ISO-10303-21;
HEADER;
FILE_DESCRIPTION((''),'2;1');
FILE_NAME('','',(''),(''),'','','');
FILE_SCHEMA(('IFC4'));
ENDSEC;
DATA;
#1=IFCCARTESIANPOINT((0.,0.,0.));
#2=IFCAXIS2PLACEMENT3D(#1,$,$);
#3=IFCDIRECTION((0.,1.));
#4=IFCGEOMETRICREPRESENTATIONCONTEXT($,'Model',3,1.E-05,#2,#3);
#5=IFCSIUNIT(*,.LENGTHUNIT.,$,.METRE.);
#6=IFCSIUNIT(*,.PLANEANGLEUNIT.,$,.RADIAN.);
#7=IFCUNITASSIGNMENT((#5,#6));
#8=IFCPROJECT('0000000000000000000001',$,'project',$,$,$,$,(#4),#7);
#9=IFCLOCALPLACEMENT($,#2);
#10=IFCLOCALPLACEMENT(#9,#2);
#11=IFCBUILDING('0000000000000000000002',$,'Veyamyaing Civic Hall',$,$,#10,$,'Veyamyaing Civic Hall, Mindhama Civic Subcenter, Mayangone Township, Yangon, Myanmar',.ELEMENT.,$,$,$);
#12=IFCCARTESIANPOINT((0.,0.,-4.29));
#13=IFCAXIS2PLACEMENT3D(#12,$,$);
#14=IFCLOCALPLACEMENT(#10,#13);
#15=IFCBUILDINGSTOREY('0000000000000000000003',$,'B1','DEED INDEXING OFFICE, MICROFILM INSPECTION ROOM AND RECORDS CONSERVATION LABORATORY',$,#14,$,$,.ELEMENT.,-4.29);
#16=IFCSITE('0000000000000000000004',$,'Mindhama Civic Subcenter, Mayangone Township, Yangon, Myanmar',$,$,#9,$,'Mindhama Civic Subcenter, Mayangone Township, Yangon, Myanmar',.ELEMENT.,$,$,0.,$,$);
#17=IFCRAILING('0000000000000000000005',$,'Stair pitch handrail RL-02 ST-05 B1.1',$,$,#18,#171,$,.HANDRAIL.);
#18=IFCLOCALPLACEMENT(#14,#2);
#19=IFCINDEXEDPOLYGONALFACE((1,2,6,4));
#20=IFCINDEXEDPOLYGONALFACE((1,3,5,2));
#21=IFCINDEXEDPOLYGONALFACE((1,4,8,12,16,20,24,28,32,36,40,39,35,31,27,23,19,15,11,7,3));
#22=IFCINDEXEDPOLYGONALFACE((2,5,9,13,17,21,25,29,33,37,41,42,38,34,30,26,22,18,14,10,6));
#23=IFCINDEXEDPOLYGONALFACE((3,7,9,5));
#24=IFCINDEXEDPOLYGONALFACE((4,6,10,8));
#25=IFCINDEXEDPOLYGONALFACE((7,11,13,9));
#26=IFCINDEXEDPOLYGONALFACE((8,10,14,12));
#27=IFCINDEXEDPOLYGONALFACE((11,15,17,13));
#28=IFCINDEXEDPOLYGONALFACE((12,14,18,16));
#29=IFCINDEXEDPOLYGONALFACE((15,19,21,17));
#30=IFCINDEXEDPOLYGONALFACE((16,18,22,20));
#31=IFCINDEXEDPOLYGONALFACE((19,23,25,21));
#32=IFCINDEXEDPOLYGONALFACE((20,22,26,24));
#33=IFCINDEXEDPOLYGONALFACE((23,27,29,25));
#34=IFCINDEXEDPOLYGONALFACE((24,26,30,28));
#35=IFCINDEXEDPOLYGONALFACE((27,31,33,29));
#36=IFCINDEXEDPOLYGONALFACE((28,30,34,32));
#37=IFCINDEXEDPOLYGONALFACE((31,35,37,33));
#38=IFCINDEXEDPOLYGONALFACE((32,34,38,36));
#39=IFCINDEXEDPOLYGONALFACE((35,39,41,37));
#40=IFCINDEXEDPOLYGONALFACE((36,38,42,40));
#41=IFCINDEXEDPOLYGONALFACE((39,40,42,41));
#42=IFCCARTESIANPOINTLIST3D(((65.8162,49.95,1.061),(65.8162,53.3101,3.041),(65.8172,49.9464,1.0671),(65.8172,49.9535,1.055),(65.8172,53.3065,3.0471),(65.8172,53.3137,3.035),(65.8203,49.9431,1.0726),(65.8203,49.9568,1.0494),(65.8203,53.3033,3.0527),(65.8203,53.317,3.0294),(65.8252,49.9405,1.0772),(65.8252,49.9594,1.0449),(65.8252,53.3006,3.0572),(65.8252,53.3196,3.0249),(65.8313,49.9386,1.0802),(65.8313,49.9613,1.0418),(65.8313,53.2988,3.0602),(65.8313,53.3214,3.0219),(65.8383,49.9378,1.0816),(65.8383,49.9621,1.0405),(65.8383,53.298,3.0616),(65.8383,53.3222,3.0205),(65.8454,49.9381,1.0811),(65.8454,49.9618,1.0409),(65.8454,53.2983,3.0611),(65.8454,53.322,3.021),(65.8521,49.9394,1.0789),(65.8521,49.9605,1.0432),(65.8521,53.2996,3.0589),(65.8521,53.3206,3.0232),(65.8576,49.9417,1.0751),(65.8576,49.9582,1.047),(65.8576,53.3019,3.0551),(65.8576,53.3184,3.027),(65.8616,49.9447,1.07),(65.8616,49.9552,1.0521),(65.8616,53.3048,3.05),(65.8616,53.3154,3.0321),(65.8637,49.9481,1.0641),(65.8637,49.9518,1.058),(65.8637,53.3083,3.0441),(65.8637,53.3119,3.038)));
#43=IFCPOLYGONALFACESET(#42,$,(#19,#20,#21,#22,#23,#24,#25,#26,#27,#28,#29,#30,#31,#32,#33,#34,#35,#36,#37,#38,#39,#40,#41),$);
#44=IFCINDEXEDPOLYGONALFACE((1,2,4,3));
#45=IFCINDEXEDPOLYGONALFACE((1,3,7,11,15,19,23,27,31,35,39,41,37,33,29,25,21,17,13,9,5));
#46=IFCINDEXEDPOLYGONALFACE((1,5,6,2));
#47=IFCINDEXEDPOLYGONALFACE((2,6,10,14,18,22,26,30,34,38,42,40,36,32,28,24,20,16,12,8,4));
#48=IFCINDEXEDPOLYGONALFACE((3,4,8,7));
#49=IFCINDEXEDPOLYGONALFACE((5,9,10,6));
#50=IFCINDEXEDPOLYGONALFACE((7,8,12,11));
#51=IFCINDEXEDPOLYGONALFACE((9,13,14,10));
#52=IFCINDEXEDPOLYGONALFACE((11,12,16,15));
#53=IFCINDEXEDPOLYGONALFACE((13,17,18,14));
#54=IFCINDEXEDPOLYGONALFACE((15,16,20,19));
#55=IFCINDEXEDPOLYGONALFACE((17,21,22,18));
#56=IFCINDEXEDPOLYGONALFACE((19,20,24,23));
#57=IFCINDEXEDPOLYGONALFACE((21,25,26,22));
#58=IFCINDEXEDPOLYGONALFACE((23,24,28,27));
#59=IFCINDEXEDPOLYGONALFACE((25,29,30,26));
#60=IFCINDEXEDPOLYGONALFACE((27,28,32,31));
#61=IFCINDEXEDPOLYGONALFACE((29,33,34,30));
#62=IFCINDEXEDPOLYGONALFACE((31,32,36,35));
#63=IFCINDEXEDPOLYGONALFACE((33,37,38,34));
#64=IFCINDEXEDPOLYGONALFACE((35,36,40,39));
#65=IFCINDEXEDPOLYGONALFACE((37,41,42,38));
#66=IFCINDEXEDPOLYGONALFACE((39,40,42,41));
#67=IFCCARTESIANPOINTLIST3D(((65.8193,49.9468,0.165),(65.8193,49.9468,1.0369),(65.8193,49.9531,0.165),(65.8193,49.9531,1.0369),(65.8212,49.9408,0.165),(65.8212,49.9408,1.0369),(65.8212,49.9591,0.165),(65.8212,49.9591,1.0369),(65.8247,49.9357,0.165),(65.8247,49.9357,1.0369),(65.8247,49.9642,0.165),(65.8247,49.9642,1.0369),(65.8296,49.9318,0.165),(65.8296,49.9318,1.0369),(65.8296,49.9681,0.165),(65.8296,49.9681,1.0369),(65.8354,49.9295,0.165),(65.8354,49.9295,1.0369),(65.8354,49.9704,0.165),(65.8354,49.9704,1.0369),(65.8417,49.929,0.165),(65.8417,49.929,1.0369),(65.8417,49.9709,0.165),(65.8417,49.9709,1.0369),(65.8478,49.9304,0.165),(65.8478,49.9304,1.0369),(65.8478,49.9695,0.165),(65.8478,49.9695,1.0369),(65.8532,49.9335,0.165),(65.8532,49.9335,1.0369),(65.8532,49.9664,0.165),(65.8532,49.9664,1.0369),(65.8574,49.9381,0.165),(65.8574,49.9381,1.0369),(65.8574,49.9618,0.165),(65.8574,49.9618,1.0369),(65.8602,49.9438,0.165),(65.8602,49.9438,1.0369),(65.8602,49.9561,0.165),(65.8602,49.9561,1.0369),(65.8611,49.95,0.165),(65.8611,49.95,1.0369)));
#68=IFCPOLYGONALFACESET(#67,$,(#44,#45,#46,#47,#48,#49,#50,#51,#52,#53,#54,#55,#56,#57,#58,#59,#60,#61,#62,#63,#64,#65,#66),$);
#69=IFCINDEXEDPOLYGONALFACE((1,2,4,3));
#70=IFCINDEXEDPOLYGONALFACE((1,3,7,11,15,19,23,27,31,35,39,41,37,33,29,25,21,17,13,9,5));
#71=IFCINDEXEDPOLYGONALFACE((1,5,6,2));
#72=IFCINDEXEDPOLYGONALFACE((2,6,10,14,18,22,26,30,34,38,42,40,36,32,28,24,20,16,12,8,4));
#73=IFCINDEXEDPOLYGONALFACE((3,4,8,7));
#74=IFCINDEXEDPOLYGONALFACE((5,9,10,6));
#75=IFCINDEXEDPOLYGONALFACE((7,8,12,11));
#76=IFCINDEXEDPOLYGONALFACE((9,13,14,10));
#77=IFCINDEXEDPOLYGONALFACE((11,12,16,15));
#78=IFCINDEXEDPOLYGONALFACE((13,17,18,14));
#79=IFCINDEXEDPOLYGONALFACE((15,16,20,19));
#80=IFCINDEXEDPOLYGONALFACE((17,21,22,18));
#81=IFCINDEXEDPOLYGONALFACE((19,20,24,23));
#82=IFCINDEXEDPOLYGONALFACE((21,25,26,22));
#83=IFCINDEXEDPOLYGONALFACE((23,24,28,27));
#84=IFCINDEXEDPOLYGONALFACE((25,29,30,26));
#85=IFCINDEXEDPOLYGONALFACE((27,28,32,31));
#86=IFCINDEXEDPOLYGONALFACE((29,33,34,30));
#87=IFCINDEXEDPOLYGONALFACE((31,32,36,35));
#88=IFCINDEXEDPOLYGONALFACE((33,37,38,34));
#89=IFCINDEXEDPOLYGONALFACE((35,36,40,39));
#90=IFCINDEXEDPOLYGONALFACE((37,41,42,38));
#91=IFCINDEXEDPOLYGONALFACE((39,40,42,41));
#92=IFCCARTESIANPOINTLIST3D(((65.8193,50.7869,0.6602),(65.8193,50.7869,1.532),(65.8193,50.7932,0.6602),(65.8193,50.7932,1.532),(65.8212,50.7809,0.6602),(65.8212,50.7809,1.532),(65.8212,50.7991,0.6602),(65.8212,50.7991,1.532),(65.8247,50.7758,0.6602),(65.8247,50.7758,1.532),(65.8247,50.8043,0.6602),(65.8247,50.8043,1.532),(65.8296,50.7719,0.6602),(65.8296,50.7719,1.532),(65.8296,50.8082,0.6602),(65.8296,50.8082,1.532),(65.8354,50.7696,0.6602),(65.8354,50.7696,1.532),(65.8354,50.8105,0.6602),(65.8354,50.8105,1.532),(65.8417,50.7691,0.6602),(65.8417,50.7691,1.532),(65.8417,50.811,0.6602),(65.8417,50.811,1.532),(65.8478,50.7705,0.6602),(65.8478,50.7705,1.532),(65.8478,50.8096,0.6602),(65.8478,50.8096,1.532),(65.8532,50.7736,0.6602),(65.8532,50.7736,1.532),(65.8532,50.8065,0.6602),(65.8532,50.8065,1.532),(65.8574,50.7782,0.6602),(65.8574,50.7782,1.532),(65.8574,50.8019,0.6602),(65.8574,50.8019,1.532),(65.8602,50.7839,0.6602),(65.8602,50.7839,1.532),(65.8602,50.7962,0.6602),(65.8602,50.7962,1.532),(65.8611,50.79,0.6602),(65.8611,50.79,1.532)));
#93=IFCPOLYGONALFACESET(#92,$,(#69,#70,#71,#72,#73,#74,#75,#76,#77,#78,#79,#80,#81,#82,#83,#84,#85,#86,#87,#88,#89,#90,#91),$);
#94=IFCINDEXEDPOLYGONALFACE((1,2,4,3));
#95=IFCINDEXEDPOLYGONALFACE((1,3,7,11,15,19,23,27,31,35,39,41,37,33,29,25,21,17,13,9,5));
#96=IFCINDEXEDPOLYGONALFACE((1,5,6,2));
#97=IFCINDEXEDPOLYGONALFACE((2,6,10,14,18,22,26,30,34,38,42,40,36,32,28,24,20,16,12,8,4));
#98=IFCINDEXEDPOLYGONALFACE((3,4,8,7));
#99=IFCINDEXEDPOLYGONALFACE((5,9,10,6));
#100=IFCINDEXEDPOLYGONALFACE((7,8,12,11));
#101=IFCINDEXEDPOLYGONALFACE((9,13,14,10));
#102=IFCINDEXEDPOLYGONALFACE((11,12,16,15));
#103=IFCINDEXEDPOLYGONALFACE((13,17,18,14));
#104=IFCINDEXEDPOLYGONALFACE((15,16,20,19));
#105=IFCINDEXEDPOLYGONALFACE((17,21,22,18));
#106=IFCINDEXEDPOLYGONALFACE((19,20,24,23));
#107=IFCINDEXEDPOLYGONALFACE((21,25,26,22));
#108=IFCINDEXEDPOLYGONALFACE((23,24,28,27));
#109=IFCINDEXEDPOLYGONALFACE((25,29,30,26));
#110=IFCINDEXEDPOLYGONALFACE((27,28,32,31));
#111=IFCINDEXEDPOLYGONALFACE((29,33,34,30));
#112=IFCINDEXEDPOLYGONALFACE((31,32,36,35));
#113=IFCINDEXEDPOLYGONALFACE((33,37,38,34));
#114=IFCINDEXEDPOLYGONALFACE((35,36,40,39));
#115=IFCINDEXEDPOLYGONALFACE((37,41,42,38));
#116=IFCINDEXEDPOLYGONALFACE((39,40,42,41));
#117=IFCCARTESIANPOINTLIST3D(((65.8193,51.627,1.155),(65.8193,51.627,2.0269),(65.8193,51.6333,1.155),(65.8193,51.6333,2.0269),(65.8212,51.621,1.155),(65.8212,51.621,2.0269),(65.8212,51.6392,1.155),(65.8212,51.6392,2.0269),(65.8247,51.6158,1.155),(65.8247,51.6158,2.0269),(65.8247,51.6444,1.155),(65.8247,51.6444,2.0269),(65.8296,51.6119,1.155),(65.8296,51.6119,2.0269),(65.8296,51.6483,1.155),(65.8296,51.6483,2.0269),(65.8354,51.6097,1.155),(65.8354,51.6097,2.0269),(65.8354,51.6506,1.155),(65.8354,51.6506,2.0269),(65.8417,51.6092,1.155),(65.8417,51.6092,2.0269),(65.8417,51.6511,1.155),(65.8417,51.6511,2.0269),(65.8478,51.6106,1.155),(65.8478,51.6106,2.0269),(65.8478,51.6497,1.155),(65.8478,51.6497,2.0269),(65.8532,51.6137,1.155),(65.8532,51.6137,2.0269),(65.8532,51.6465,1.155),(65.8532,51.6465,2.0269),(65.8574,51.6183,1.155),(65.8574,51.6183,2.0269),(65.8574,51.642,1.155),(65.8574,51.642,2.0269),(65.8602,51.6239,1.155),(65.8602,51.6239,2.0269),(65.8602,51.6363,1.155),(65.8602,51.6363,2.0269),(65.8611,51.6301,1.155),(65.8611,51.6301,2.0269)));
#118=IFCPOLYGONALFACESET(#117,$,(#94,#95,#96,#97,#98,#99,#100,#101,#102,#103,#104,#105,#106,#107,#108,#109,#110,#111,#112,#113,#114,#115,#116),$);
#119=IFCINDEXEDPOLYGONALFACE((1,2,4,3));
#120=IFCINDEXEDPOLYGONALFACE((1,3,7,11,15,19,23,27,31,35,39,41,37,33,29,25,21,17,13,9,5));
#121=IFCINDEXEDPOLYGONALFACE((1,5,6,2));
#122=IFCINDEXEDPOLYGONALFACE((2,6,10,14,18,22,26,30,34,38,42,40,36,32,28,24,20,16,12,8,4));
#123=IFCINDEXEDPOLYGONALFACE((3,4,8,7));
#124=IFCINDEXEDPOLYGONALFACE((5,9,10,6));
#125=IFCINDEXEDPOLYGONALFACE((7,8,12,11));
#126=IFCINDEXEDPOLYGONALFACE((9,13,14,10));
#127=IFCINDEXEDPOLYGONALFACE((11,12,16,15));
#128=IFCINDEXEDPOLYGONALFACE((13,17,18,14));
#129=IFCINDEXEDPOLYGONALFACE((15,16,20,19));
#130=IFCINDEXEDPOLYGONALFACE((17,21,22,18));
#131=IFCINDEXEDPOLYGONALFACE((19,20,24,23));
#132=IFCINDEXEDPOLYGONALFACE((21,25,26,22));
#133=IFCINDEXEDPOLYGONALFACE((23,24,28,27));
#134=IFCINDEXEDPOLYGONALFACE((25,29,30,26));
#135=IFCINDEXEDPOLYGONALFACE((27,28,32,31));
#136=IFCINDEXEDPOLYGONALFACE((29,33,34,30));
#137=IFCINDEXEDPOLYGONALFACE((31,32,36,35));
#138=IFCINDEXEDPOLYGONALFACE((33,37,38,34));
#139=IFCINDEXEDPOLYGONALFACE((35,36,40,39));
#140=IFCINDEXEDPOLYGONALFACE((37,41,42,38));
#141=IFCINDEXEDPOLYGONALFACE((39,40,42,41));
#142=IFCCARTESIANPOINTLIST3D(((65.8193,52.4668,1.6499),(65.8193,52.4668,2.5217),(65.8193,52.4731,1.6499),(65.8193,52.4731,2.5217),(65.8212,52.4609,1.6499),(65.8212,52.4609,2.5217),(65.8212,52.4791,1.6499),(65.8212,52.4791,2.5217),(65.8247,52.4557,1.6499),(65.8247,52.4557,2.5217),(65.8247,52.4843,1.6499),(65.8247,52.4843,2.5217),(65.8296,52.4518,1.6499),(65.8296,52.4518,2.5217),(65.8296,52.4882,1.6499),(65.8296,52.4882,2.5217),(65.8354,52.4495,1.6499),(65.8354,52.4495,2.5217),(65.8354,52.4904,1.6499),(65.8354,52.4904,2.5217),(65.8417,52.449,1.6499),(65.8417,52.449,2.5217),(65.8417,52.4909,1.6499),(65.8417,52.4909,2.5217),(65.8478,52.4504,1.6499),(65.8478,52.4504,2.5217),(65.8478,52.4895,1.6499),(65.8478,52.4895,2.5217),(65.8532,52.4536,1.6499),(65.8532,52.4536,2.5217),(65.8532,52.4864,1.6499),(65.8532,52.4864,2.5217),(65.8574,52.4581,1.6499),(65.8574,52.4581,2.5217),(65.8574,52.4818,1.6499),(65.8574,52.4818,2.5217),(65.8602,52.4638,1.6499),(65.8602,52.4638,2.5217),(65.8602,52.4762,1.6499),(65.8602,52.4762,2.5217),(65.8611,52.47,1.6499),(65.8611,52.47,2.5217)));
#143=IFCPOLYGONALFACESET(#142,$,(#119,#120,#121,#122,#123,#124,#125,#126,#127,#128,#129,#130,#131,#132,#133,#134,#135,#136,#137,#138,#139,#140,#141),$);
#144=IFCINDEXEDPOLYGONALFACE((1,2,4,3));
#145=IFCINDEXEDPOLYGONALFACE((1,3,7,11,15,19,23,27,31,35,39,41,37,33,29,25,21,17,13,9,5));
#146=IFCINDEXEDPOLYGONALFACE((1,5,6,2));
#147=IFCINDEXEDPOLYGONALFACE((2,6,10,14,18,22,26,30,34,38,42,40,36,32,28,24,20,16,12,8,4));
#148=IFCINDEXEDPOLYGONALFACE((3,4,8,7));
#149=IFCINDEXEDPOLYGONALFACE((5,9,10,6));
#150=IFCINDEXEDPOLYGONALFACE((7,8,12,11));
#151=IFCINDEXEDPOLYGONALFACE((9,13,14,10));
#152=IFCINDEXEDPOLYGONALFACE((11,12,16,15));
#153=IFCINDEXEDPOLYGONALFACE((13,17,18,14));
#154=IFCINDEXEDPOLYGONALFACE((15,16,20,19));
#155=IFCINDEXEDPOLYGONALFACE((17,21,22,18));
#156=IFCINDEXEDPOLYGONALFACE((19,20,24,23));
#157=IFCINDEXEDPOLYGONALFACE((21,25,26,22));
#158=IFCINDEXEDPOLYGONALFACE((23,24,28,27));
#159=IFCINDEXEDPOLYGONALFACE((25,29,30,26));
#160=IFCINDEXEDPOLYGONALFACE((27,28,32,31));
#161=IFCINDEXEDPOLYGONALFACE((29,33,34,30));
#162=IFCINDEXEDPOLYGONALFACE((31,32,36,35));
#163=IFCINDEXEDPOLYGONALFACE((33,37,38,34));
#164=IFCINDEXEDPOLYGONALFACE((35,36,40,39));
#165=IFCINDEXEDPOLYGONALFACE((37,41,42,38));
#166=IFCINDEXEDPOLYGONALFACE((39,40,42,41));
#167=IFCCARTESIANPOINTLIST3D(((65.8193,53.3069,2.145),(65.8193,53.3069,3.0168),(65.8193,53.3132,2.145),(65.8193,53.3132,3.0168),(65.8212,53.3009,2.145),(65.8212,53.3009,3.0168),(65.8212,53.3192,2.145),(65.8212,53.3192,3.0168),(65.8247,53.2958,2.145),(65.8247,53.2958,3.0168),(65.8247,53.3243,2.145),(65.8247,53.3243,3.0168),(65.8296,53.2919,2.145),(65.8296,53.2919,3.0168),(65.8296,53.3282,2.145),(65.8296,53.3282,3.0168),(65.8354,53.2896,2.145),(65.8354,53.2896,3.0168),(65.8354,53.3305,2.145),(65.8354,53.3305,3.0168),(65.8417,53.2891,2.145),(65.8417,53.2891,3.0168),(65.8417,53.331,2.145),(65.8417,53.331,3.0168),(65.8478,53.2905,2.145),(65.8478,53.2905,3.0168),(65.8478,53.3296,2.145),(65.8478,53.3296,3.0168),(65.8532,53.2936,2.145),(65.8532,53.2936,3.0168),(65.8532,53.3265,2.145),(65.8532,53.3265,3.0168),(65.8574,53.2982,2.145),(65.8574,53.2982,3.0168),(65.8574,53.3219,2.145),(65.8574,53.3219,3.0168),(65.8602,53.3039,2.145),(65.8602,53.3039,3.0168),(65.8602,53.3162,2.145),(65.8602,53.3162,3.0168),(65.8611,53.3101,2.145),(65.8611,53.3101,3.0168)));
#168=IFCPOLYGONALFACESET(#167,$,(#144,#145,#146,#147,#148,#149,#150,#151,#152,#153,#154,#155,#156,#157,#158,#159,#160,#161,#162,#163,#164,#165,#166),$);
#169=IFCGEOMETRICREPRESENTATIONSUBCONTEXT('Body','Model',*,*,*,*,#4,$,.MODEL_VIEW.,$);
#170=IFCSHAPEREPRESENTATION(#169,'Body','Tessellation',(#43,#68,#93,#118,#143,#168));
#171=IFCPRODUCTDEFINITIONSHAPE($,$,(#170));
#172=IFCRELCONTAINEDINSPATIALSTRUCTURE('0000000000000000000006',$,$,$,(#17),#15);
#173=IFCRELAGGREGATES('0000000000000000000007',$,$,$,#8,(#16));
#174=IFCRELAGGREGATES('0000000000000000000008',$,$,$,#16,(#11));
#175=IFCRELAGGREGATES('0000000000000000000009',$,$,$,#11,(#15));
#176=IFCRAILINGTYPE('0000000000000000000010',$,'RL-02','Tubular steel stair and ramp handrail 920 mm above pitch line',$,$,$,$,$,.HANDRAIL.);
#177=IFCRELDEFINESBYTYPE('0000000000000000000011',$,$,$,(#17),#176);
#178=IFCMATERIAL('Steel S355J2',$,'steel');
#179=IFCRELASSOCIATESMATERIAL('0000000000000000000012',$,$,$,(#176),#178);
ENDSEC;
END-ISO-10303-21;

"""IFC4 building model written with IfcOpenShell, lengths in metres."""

from ifc_helpers import new_model, si_unit, direction, frame, origin, origin_2d, place, context, subcontext, project, spatial, circle, extrude, material, type_object, element, save


model = new_model("IFC4")

# Units and contexts
model_context = context("Model", 3, precision=1e-05, world=origin(), true_north=direction((0.0, 1.0)))
body_context = subcontext(model_context, "Body", "Model", "MODEL_VIEW")
ifc_project = project(units=[si_unit("LENGTHUNIT", "METRE"), si_unit("PLANEANGLEUNIT", "RADIAN")], contexts=[model_context])

# Site, building, storey
site_placement = place(None, origin())
site = spatial("IfcSite", under=ifc_project, at=site_placement, Name="Mindhama Civic Subcenter, Mayangone Township, Yangon, Myanmar", LongName="Mindhama Civic Subcenter, Mayangone Township, Yangon, Myanmar", CompositionType="ELEMENT", RefElevation=0.0)
building_placement = place(site_placement, origin())
building = spatial("IfcBuilding", under=site, at=building_placement, Name="Veyamyaing Civic Hall", LongName="Veyamyaing Civic Hall, Mindhama Civic Subcenter, Mayangone Township, Yangon, Myanmar", CompositionType="ELEMENT")
storey_placement = place(building_placement, frame((0.0, 0.0, -4.29)))
storey = spatial("IfcBuildingStorey", under=building, at=storey_placement, Name="B1", Description="DEED INDEXING OFFICE, MICROFILM INSPECTION ROOM AND RECORDS CONSERVATION LABORATORY", CompositionType="ELEMENT", Elevation=-4.29)

# Railing
ifc_material_1 = material(Name="Steel S355J2", Category="steel")
railing_type_1 = type_object("IfcRailingType", Name="RL-02", Description="Tubular steel stair and ramp handrail 920 mm above pitch line", PredefinedType="HANDRAIL", material=ifc_material_1)
railing_1_placement = place(storey_placement, frame((65.8401, 49.95, 0.165)))
element("IfcRailing", 1, at=railing_1_placement, inside=storey, type_object=railing_type_1, Name="Stair pitch handrail RL-02 ST-05 B1.1", PredefinedType="HANDRAIL", context=body_context, shape_type="SweptSolid", body=[
    extrude(circle(Radius=0.0239, at=origin_2d()), frame((0.0, 0.0, 0.896), z_axis=(0.0, 0.861548, 0.507677), x_axis=(-1.0, 0.0, 0.0)), (0.0, 0.0, 1.0), 3.9001),
    extrude(circle(Radius=0.021, at=origin_2d()), origin(), (0.0, 0.0, 1.0), 0.8718),
    extrude(circle(Radius=0.021, at=origin_2d()), frame((0.0, 0.8401, 0.4951)), (0.0, 0.0, 1.0), 0.8718),
    extrude(circle(Radius=0.021, at=origin_2d()), frame((0.0, 1.6802, 0.99)), (0.0, 0.0, 1.0), 0.8718),
    extrude(circle(Radius=0.021, at=origin_2d()), frame((0.0, 2.52, 1.4849)), (0.0, 0.0, 1.0), 0.8718),
    extrude(circle(Radius=0.021, at=origin_2d()), frame((0.0, 3.3601, 1.98)), (0.0, 0.0, 1.0), 0.8718),
])

save(model, "model.ifc")
